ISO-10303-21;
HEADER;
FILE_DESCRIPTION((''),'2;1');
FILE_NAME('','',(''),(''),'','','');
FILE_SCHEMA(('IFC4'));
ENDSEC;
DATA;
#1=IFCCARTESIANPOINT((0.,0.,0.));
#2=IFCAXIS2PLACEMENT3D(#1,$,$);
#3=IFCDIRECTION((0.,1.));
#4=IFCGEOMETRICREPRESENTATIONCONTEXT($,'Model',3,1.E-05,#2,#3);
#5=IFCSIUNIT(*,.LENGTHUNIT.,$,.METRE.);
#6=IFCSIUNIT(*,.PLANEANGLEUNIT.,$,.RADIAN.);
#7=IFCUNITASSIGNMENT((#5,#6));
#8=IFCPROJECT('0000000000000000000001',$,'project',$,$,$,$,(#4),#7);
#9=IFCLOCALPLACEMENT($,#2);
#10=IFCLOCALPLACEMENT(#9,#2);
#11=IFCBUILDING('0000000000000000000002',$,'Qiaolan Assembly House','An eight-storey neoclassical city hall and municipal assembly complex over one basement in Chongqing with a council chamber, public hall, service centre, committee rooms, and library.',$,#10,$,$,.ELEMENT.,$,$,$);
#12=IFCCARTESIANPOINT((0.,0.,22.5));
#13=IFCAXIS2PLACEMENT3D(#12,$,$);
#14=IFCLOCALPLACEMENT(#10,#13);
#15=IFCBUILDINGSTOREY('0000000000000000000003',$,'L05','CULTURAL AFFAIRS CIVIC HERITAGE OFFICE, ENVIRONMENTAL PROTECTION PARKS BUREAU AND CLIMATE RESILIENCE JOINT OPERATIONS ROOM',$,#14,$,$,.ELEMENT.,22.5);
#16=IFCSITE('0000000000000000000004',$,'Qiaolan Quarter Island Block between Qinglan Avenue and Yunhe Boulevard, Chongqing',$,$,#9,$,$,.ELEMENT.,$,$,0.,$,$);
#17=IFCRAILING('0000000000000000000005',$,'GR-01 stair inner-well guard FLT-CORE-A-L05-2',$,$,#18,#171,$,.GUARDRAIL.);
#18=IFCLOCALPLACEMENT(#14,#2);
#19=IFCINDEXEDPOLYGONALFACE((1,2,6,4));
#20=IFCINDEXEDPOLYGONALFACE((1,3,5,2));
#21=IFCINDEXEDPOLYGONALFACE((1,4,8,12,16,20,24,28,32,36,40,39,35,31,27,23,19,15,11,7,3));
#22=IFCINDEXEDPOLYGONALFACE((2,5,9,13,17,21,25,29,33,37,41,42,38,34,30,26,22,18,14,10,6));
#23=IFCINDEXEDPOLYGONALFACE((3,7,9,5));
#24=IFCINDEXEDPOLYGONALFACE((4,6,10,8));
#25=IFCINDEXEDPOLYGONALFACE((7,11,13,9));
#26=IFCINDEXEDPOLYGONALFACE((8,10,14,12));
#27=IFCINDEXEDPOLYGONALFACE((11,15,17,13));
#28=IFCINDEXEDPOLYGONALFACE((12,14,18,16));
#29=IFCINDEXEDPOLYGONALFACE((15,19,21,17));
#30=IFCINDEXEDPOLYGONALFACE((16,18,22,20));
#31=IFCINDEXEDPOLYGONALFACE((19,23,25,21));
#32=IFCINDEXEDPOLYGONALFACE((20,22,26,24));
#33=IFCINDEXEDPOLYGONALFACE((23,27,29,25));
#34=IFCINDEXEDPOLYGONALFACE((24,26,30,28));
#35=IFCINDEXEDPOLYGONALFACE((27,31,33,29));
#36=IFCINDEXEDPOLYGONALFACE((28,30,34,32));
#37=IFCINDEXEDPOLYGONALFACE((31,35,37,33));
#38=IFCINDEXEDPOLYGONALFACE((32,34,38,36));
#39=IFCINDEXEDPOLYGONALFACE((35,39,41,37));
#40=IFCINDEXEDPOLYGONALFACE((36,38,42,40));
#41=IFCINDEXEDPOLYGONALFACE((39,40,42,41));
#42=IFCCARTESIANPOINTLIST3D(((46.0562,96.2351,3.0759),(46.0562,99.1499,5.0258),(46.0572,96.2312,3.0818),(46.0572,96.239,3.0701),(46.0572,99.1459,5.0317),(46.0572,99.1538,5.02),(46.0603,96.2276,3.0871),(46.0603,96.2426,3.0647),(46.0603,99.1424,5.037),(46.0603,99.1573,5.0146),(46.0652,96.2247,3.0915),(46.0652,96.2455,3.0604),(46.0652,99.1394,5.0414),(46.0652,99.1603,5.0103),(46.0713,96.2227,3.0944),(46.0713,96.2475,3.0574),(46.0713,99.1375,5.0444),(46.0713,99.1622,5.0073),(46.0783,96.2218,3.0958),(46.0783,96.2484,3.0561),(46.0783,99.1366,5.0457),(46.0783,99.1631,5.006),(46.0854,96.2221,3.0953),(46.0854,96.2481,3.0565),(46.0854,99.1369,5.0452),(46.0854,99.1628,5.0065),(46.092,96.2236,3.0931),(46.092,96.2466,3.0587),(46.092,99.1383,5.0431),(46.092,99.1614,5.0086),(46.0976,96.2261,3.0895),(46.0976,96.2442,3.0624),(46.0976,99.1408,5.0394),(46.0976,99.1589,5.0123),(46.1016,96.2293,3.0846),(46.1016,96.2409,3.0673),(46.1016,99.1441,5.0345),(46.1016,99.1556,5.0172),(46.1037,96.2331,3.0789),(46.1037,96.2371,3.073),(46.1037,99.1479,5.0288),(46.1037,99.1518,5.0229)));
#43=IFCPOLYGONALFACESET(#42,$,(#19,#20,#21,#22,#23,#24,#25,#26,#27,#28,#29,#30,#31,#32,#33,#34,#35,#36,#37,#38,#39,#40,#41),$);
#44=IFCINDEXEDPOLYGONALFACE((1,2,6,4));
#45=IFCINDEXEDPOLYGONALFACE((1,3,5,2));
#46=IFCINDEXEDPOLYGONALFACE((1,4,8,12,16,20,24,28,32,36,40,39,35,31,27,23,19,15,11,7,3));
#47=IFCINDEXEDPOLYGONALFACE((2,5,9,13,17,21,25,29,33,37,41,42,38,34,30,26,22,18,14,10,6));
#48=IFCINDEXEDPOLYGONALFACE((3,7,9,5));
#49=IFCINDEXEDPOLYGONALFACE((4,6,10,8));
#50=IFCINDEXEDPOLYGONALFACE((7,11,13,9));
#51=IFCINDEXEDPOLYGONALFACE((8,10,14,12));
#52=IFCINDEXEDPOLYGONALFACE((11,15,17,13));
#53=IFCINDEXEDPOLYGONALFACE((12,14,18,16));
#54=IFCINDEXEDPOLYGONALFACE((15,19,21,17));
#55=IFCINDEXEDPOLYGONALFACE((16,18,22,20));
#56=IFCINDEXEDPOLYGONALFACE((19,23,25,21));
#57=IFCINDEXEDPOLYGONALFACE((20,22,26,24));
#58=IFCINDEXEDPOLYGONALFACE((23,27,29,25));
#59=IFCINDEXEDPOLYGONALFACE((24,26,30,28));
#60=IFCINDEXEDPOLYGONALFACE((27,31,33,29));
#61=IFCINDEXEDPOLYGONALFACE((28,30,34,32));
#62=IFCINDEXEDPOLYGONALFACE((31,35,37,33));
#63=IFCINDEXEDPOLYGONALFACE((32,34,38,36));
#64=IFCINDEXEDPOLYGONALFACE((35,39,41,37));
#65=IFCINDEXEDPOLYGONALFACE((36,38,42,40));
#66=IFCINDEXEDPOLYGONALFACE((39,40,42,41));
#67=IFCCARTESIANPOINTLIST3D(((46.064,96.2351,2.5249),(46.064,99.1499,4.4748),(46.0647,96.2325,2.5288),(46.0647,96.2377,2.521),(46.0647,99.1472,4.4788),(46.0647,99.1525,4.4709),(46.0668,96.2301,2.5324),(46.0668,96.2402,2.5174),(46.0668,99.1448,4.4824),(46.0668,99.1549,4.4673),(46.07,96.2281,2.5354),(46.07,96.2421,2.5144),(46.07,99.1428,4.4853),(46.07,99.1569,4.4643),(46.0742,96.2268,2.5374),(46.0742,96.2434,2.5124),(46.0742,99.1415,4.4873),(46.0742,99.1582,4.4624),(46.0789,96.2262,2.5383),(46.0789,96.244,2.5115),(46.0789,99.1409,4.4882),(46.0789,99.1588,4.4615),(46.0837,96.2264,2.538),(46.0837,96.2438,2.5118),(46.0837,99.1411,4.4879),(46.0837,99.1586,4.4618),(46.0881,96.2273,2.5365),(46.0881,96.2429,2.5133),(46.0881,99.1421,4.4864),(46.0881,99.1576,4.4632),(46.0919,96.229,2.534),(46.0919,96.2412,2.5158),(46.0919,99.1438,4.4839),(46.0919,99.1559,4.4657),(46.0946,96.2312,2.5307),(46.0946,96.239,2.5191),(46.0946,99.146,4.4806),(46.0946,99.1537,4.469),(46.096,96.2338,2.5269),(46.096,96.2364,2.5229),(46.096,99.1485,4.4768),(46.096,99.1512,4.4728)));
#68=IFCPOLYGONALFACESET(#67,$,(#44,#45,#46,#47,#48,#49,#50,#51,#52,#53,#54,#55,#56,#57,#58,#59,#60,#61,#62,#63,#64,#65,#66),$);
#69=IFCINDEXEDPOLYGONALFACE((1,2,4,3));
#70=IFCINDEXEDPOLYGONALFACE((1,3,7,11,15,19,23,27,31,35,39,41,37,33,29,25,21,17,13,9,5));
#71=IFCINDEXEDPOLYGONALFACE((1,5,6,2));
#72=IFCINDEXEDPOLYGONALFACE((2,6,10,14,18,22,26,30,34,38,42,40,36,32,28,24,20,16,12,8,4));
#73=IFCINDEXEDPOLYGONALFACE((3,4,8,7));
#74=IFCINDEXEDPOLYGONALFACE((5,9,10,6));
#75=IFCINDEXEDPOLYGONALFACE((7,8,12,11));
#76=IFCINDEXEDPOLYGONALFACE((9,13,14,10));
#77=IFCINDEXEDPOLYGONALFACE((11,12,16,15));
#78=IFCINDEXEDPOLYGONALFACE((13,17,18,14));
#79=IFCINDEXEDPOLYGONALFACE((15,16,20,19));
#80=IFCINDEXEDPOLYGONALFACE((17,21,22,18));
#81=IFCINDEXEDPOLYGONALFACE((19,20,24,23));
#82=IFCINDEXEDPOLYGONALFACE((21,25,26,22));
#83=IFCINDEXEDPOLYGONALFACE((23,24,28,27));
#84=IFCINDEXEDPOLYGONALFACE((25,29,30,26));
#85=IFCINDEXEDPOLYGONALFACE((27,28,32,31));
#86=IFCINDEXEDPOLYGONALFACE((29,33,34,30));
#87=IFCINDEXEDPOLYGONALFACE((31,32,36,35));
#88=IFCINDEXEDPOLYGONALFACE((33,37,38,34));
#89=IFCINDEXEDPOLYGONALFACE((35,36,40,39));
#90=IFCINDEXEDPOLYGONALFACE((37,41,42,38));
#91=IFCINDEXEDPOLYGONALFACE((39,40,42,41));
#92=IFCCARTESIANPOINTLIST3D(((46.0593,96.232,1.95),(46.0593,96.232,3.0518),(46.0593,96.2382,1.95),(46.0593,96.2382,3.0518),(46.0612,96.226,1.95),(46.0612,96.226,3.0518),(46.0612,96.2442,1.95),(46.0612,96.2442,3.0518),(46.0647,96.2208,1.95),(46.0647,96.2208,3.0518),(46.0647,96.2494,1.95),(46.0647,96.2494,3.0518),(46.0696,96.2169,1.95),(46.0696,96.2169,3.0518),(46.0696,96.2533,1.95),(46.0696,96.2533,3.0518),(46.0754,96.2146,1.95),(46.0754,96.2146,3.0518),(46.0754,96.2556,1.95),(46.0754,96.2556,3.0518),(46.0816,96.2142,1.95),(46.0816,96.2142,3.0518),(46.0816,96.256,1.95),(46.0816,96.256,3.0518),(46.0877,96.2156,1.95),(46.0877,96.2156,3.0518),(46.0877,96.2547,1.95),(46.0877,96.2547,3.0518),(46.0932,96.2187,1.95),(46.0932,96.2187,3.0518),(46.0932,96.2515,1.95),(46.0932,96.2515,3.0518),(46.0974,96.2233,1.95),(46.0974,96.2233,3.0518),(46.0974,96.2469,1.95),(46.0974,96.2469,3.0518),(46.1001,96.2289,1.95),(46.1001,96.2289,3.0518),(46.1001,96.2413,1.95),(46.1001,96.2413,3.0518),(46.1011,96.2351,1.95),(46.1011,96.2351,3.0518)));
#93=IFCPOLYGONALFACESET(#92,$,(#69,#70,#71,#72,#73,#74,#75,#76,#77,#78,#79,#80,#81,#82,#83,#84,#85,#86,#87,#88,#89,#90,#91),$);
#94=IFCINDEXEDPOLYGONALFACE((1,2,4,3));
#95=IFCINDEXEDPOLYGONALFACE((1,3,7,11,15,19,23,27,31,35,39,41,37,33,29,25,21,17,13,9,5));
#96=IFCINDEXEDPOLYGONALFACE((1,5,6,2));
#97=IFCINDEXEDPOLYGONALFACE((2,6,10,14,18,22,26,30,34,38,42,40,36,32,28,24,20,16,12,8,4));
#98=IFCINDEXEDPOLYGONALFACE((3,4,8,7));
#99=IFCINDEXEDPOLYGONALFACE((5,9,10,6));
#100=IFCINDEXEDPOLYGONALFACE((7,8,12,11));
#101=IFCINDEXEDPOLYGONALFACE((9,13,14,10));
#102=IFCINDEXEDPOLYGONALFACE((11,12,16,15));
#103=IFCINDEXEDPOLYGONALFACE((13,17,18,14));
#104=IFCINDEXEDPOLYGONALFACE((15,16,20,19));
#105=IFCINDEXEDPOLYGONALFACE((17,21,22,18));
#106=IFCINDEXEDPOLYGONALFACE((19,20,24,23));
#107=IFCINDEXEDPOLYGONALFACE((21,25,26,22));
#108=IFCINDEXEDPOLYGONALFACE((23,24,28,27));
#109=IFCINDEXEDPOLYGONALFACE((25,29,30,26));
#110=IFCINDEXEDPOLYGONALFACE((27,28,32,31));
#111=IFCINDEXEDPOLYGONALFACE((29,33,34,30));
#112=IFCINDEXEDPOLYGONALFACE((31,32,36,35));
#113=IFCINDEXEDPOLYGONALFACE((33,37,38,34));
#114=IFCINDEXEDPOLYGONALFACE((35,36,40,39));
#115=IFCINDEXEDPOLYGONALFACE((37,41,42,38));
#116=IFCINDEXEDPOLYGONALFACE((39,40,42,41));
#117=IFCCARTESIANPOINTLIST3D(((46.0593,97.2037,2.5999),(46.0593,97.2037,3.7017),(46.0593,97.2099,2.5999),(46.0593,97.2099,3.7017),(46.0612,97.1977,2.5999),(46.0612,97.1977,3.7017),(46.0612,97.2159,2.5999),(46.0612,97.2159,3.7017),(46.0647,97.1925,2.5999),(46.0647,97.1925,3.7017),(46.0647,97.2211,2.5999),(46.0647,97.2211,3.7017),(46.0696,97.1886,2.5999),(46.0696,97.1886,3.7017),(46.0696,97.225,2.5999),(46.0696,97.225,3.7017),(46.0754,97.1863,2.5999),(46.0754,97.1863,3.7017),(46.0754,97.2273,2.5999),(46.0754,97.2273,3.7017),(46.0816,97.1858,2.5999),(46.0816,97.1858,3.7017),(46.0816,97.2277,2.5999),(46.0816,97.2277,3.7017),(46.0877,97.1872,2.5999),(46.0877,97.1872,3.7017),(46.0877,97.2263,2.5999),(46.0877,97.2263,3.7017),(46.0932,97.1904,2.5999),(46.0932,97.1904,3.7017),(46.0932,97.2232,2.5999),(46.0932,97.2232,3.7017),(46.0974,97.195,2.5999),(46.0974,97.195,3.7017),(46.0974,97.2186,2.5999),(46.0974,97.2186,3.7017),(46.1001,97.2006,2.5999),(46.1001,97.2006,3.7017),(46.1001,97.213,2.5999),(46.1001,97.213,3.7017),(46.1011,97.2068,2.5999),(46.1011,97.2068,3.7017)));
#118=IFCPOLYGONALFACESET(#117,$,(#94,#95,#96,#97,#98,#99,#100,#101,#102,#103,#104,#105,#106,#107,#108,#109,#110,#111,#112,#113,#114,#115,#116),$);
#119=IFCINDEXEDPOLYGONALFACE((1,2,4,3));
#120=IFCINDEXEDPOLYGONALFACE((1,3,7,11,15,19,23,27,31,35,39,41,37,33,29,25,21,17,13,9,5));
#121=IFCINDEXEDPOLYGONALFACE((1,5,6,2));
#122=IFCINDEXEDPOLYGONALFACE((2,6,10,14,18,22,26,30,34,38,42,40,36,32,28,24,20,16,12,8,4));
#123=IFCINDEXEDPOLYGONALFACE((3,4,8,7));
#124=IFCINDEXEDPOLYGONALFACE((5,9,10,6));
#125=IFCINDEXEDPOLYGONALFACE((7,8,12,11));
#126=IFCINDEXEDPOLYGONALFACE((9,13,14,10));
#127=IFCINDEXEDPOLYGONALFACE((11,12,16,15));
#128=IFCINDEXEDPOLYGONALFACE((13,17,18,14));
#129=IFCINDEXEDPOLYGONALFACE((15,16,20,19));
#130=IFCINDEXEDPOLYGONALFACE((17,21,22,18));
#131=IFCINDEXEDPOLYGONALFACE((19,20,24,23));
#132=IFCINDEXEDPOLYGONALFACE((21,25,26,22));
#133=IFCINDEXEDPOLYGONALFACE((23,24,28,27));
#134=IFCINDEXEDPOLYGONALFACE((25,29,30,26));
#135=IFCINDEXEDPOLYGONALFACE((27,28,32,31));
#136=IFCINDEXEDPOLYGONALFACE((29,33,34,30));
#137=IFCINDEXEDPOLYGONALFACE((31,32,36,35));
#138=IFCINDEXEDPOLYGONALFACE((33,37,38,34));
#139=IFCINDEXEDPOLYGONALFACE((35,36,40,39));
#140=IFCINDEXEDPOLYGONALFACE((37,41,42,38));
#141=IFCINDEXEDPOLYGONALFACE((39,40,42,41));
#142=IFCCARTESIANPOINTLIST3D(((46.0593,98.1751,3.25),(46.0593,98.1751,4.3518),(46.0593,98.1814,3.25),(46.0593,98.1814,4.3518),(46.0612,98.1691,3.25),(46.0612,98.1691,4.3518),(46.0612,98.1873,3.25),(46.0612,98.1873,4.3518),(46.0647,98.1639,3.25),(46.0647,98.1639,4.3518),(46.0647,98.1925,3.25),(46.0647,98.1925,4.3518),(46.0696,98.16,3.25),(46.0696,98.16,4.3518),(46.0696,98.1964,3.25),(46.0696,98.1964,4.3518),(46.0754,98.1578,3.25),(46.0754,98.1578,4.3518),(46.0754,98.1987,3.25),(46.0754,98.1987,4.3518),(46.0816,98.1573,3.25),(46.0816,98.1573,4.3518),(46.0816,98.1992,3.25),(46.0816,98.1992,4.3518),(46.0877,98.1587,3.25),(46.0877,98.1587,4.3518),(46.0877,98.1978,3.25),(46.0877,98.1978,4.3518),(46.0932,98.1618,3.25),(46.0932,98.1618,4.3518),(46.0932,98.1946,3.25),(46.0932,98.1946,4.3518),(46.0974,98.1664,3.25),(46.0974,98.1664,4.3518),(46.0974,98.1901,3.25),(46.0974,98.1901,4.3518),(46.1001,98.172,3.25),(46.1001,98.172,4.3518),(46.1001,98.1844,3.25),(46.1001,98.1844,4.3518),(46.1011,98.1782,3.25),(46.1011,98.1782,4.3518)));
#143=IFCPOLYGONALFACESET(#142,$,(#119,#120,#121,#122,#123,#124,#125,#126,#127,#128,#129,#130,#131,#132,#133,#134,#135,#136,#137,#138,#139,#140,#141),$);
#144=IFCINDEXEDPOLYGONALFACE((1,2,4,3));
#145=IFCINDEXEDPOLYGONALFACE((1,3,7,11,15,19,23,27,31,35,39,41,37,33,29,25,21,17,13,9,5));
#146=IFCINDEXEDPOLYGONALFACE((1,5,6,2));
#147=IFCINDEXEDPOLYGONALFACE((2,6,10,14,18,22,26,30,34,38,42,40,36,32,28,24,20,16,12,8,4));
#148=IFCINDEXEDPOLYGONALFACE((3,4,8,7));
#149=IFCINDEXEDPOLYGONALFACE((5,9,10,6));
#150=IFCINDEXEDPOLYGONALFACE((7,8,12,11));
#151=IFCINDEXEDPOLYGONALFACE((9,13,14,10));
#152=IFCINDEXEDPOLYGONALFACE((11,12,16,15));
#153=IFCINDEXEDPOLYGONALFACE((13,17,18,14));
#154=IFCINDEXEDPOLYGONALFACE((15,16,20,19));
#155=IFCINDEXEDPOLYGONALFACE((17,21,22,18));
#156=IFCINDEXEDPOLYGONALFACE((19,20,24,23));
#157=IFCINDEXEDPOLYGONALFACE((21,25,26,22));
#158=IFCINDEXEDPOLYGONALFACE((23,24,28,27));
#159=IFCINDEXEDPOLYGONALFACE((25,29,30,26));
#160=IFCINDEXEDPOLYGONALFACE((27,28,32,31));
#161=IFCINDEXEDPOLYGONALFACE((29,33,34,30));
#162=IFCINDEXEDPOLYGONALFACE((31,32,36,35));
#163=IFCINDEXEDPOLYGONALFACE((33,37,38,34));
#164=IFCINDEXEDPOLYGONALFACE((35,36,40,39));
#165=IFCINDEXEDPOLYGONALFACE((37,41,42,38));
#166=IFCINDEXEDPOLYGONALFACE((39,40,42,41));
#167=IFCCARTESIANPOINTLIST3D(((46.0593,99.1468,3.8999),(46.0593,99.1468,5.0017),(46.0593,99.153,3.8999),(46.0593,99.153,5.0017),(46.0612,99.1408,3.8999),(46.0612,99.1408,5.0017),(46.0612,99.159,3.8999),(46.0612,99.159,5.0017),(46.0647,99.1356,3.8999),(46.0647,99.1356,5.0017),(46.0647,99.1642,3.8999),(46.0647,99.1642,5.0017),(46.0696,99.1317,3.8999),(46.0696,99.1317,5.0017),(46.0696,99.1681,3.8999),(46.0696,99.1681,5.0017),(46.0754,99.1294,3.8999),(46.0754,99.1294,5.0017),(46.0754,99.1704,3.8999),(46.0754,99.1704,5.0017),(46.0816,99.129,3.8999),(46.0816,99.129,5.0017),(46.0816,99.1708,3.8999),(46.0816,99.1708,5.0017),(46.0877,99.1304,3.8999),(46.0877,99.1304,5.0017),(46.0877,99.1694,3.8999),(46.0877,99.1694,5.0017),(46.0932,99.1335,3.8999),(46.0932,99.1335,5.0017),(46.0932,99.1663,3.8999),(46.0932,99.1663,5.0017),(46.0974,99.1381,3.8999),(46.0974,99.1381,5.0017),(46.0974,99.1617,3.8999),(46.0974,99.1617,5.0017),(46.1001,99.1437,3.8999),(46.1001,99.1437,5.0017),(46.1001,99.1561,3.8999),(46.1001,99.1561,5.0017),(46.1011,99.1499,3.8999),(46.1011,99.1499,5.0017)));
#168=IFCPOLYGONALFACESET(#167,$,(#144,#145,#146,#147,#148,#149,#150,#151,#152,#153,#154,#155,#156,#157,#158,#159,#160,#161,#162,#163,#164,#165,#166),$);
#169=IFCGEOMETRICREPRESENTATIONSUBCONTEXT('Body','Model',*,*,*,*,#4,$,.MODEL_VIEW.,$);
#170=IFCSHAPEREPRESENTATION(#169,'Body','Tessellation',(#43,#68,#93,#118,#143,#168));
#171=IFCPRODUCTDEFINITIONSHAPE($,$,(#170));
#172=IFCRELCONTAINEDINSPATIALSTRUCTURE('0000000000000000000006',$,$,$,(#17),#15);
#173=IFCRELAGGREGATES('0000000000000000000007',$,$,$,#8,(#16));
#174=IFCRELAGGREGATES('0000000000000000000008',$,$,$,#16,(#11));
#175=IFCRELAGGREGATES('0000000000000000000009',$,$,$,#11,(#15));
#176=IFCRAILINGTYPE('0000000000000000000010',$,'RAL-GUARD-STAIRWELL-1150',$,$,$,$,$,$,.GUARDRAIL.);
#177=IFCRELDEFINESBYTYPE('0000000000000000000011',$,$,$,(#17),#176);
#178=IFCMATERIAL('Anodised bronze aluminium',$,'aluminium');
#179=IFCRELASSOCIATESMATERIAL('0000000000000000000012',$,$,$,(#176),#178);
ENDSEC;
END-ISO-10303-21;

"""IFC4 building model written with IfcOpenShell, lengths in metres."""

from ifc_helpers import new_model, si_unit, direction, frame, origin, origin_2d, place, context, subcontext, project, spatial, circle, extrude, material, type_object, element, save


model = new_model("IFC4")

# Units and contexts
model_context = context("Model", 3, precision=1e-05, world=origin(), true_north=direction((0.0, 1.0)))
body_context = subcontext(model_context, "Body", "Model", "MODEL_VIEW")
ifc_project = project(units=[si_unit("LENGTHUNIT", "METRE"), si_unit("PLANEANGLEUNIT", "RADIAN")], contexts=[model_context])

# Site, building, storey
site_placement = place(None, origin())
site = spatial("IfcSite", under=ifc_project, at=site_placement, Name="Qiaolan Quarter Island Block between Qinglan Avenue and Yunhe Boulevard, Chongqing", CompositionType="ELEMENT", RefElevation=0.0)
building_placement = place(site_placement, origin())
building = spatial("IfcBuilding", under=site, at=building_placement, Name="Qiaolan Assembly House", Description="An eight-storey neoclassical city hall and municipal assembly complex over one basement in Chongqing with a council chamber, public hall, service centre, committee rooms, and library.", CompositionType="ELEMENT")
storey_placement = place(building_placement, frame((0.0, 0.0, 22.5)))
storey = spatial("IfcBuildingStorey", under=building, at=storey_placement, Name="L05", Description="CULTURAL AFFAIRS CIVIC HERITAGE OFFICE, ENVIRONMENTAL PROTECTION PARKS BUREAU AND CLIMATE RESILIENCE JOINT OPERATIONS ROOM", CompositionType="ELEMENT", Elevation=22.5)

# Shared definitions
ifc_material_1 = material(Name="Anodised bronze aluminium", Category="aluminium")

# Railing
railing_type_1 = type_object("IfcRailingType", Name="RAL-GUARD-STAIRWELL-1150", PredefinedType="GUARDRAIL", material=ifc_material_1)
railing_1_placement = place(storey_placement, frame((46.0801, 96.2351, 1.95)))
element("IfcRailing", 1, at=railing_1_placement, inside=storey, type_object=railing_type_1, Name="GR-01 stair inner-well guard FLT-CORE-A-L05-2", PredefinedType="GUARDRAIL", context=body_context, shape_type="SweptSolid", body=[
    extrude(circle(Radius=0.0239, at=origin_2d()), frame((0.0, 0.0, 1.126), z_axis=(0.0, 0.83116, 0.556033), x_axis=(-1.0, 0.0, 0.0)), (0.0, 0.0, 1.0), 3.5068),
    extrude(circle(Radius=0.0161, at=origin_2d()), frame((0.0, 0.0, 0.575), z_axis=(0.0, 0.83116, 0.556033), x_axis=(-1.0, 0.0, 0.0)), (0.0, 0.0, 1.0), 3.5068),
    extrude(circle(Radius=0.021, at=origin_2d()), origin(), (0.0, 0.0, 1.0), 1.1018),
    extrude(circle(Radius=0.021, at=origin_2d()), frame((0.0, 0.9717, 0.6499)), (0.0, 0.0, 1.0), 1.1018),
    extrude(circle(Radius=0.021, at=origin_2d()), frame((0.0, 1.9431, 1.3)), (0.0, 0.0, 1.0), 1.1018),
    extrude(circle(Radius=0.021, at=origin_2d()), frame((0.0, 2.9148, 1.95)), (0.0, 0.0, 1.0), 1.1018),
])

save(model, "model.ifc")
